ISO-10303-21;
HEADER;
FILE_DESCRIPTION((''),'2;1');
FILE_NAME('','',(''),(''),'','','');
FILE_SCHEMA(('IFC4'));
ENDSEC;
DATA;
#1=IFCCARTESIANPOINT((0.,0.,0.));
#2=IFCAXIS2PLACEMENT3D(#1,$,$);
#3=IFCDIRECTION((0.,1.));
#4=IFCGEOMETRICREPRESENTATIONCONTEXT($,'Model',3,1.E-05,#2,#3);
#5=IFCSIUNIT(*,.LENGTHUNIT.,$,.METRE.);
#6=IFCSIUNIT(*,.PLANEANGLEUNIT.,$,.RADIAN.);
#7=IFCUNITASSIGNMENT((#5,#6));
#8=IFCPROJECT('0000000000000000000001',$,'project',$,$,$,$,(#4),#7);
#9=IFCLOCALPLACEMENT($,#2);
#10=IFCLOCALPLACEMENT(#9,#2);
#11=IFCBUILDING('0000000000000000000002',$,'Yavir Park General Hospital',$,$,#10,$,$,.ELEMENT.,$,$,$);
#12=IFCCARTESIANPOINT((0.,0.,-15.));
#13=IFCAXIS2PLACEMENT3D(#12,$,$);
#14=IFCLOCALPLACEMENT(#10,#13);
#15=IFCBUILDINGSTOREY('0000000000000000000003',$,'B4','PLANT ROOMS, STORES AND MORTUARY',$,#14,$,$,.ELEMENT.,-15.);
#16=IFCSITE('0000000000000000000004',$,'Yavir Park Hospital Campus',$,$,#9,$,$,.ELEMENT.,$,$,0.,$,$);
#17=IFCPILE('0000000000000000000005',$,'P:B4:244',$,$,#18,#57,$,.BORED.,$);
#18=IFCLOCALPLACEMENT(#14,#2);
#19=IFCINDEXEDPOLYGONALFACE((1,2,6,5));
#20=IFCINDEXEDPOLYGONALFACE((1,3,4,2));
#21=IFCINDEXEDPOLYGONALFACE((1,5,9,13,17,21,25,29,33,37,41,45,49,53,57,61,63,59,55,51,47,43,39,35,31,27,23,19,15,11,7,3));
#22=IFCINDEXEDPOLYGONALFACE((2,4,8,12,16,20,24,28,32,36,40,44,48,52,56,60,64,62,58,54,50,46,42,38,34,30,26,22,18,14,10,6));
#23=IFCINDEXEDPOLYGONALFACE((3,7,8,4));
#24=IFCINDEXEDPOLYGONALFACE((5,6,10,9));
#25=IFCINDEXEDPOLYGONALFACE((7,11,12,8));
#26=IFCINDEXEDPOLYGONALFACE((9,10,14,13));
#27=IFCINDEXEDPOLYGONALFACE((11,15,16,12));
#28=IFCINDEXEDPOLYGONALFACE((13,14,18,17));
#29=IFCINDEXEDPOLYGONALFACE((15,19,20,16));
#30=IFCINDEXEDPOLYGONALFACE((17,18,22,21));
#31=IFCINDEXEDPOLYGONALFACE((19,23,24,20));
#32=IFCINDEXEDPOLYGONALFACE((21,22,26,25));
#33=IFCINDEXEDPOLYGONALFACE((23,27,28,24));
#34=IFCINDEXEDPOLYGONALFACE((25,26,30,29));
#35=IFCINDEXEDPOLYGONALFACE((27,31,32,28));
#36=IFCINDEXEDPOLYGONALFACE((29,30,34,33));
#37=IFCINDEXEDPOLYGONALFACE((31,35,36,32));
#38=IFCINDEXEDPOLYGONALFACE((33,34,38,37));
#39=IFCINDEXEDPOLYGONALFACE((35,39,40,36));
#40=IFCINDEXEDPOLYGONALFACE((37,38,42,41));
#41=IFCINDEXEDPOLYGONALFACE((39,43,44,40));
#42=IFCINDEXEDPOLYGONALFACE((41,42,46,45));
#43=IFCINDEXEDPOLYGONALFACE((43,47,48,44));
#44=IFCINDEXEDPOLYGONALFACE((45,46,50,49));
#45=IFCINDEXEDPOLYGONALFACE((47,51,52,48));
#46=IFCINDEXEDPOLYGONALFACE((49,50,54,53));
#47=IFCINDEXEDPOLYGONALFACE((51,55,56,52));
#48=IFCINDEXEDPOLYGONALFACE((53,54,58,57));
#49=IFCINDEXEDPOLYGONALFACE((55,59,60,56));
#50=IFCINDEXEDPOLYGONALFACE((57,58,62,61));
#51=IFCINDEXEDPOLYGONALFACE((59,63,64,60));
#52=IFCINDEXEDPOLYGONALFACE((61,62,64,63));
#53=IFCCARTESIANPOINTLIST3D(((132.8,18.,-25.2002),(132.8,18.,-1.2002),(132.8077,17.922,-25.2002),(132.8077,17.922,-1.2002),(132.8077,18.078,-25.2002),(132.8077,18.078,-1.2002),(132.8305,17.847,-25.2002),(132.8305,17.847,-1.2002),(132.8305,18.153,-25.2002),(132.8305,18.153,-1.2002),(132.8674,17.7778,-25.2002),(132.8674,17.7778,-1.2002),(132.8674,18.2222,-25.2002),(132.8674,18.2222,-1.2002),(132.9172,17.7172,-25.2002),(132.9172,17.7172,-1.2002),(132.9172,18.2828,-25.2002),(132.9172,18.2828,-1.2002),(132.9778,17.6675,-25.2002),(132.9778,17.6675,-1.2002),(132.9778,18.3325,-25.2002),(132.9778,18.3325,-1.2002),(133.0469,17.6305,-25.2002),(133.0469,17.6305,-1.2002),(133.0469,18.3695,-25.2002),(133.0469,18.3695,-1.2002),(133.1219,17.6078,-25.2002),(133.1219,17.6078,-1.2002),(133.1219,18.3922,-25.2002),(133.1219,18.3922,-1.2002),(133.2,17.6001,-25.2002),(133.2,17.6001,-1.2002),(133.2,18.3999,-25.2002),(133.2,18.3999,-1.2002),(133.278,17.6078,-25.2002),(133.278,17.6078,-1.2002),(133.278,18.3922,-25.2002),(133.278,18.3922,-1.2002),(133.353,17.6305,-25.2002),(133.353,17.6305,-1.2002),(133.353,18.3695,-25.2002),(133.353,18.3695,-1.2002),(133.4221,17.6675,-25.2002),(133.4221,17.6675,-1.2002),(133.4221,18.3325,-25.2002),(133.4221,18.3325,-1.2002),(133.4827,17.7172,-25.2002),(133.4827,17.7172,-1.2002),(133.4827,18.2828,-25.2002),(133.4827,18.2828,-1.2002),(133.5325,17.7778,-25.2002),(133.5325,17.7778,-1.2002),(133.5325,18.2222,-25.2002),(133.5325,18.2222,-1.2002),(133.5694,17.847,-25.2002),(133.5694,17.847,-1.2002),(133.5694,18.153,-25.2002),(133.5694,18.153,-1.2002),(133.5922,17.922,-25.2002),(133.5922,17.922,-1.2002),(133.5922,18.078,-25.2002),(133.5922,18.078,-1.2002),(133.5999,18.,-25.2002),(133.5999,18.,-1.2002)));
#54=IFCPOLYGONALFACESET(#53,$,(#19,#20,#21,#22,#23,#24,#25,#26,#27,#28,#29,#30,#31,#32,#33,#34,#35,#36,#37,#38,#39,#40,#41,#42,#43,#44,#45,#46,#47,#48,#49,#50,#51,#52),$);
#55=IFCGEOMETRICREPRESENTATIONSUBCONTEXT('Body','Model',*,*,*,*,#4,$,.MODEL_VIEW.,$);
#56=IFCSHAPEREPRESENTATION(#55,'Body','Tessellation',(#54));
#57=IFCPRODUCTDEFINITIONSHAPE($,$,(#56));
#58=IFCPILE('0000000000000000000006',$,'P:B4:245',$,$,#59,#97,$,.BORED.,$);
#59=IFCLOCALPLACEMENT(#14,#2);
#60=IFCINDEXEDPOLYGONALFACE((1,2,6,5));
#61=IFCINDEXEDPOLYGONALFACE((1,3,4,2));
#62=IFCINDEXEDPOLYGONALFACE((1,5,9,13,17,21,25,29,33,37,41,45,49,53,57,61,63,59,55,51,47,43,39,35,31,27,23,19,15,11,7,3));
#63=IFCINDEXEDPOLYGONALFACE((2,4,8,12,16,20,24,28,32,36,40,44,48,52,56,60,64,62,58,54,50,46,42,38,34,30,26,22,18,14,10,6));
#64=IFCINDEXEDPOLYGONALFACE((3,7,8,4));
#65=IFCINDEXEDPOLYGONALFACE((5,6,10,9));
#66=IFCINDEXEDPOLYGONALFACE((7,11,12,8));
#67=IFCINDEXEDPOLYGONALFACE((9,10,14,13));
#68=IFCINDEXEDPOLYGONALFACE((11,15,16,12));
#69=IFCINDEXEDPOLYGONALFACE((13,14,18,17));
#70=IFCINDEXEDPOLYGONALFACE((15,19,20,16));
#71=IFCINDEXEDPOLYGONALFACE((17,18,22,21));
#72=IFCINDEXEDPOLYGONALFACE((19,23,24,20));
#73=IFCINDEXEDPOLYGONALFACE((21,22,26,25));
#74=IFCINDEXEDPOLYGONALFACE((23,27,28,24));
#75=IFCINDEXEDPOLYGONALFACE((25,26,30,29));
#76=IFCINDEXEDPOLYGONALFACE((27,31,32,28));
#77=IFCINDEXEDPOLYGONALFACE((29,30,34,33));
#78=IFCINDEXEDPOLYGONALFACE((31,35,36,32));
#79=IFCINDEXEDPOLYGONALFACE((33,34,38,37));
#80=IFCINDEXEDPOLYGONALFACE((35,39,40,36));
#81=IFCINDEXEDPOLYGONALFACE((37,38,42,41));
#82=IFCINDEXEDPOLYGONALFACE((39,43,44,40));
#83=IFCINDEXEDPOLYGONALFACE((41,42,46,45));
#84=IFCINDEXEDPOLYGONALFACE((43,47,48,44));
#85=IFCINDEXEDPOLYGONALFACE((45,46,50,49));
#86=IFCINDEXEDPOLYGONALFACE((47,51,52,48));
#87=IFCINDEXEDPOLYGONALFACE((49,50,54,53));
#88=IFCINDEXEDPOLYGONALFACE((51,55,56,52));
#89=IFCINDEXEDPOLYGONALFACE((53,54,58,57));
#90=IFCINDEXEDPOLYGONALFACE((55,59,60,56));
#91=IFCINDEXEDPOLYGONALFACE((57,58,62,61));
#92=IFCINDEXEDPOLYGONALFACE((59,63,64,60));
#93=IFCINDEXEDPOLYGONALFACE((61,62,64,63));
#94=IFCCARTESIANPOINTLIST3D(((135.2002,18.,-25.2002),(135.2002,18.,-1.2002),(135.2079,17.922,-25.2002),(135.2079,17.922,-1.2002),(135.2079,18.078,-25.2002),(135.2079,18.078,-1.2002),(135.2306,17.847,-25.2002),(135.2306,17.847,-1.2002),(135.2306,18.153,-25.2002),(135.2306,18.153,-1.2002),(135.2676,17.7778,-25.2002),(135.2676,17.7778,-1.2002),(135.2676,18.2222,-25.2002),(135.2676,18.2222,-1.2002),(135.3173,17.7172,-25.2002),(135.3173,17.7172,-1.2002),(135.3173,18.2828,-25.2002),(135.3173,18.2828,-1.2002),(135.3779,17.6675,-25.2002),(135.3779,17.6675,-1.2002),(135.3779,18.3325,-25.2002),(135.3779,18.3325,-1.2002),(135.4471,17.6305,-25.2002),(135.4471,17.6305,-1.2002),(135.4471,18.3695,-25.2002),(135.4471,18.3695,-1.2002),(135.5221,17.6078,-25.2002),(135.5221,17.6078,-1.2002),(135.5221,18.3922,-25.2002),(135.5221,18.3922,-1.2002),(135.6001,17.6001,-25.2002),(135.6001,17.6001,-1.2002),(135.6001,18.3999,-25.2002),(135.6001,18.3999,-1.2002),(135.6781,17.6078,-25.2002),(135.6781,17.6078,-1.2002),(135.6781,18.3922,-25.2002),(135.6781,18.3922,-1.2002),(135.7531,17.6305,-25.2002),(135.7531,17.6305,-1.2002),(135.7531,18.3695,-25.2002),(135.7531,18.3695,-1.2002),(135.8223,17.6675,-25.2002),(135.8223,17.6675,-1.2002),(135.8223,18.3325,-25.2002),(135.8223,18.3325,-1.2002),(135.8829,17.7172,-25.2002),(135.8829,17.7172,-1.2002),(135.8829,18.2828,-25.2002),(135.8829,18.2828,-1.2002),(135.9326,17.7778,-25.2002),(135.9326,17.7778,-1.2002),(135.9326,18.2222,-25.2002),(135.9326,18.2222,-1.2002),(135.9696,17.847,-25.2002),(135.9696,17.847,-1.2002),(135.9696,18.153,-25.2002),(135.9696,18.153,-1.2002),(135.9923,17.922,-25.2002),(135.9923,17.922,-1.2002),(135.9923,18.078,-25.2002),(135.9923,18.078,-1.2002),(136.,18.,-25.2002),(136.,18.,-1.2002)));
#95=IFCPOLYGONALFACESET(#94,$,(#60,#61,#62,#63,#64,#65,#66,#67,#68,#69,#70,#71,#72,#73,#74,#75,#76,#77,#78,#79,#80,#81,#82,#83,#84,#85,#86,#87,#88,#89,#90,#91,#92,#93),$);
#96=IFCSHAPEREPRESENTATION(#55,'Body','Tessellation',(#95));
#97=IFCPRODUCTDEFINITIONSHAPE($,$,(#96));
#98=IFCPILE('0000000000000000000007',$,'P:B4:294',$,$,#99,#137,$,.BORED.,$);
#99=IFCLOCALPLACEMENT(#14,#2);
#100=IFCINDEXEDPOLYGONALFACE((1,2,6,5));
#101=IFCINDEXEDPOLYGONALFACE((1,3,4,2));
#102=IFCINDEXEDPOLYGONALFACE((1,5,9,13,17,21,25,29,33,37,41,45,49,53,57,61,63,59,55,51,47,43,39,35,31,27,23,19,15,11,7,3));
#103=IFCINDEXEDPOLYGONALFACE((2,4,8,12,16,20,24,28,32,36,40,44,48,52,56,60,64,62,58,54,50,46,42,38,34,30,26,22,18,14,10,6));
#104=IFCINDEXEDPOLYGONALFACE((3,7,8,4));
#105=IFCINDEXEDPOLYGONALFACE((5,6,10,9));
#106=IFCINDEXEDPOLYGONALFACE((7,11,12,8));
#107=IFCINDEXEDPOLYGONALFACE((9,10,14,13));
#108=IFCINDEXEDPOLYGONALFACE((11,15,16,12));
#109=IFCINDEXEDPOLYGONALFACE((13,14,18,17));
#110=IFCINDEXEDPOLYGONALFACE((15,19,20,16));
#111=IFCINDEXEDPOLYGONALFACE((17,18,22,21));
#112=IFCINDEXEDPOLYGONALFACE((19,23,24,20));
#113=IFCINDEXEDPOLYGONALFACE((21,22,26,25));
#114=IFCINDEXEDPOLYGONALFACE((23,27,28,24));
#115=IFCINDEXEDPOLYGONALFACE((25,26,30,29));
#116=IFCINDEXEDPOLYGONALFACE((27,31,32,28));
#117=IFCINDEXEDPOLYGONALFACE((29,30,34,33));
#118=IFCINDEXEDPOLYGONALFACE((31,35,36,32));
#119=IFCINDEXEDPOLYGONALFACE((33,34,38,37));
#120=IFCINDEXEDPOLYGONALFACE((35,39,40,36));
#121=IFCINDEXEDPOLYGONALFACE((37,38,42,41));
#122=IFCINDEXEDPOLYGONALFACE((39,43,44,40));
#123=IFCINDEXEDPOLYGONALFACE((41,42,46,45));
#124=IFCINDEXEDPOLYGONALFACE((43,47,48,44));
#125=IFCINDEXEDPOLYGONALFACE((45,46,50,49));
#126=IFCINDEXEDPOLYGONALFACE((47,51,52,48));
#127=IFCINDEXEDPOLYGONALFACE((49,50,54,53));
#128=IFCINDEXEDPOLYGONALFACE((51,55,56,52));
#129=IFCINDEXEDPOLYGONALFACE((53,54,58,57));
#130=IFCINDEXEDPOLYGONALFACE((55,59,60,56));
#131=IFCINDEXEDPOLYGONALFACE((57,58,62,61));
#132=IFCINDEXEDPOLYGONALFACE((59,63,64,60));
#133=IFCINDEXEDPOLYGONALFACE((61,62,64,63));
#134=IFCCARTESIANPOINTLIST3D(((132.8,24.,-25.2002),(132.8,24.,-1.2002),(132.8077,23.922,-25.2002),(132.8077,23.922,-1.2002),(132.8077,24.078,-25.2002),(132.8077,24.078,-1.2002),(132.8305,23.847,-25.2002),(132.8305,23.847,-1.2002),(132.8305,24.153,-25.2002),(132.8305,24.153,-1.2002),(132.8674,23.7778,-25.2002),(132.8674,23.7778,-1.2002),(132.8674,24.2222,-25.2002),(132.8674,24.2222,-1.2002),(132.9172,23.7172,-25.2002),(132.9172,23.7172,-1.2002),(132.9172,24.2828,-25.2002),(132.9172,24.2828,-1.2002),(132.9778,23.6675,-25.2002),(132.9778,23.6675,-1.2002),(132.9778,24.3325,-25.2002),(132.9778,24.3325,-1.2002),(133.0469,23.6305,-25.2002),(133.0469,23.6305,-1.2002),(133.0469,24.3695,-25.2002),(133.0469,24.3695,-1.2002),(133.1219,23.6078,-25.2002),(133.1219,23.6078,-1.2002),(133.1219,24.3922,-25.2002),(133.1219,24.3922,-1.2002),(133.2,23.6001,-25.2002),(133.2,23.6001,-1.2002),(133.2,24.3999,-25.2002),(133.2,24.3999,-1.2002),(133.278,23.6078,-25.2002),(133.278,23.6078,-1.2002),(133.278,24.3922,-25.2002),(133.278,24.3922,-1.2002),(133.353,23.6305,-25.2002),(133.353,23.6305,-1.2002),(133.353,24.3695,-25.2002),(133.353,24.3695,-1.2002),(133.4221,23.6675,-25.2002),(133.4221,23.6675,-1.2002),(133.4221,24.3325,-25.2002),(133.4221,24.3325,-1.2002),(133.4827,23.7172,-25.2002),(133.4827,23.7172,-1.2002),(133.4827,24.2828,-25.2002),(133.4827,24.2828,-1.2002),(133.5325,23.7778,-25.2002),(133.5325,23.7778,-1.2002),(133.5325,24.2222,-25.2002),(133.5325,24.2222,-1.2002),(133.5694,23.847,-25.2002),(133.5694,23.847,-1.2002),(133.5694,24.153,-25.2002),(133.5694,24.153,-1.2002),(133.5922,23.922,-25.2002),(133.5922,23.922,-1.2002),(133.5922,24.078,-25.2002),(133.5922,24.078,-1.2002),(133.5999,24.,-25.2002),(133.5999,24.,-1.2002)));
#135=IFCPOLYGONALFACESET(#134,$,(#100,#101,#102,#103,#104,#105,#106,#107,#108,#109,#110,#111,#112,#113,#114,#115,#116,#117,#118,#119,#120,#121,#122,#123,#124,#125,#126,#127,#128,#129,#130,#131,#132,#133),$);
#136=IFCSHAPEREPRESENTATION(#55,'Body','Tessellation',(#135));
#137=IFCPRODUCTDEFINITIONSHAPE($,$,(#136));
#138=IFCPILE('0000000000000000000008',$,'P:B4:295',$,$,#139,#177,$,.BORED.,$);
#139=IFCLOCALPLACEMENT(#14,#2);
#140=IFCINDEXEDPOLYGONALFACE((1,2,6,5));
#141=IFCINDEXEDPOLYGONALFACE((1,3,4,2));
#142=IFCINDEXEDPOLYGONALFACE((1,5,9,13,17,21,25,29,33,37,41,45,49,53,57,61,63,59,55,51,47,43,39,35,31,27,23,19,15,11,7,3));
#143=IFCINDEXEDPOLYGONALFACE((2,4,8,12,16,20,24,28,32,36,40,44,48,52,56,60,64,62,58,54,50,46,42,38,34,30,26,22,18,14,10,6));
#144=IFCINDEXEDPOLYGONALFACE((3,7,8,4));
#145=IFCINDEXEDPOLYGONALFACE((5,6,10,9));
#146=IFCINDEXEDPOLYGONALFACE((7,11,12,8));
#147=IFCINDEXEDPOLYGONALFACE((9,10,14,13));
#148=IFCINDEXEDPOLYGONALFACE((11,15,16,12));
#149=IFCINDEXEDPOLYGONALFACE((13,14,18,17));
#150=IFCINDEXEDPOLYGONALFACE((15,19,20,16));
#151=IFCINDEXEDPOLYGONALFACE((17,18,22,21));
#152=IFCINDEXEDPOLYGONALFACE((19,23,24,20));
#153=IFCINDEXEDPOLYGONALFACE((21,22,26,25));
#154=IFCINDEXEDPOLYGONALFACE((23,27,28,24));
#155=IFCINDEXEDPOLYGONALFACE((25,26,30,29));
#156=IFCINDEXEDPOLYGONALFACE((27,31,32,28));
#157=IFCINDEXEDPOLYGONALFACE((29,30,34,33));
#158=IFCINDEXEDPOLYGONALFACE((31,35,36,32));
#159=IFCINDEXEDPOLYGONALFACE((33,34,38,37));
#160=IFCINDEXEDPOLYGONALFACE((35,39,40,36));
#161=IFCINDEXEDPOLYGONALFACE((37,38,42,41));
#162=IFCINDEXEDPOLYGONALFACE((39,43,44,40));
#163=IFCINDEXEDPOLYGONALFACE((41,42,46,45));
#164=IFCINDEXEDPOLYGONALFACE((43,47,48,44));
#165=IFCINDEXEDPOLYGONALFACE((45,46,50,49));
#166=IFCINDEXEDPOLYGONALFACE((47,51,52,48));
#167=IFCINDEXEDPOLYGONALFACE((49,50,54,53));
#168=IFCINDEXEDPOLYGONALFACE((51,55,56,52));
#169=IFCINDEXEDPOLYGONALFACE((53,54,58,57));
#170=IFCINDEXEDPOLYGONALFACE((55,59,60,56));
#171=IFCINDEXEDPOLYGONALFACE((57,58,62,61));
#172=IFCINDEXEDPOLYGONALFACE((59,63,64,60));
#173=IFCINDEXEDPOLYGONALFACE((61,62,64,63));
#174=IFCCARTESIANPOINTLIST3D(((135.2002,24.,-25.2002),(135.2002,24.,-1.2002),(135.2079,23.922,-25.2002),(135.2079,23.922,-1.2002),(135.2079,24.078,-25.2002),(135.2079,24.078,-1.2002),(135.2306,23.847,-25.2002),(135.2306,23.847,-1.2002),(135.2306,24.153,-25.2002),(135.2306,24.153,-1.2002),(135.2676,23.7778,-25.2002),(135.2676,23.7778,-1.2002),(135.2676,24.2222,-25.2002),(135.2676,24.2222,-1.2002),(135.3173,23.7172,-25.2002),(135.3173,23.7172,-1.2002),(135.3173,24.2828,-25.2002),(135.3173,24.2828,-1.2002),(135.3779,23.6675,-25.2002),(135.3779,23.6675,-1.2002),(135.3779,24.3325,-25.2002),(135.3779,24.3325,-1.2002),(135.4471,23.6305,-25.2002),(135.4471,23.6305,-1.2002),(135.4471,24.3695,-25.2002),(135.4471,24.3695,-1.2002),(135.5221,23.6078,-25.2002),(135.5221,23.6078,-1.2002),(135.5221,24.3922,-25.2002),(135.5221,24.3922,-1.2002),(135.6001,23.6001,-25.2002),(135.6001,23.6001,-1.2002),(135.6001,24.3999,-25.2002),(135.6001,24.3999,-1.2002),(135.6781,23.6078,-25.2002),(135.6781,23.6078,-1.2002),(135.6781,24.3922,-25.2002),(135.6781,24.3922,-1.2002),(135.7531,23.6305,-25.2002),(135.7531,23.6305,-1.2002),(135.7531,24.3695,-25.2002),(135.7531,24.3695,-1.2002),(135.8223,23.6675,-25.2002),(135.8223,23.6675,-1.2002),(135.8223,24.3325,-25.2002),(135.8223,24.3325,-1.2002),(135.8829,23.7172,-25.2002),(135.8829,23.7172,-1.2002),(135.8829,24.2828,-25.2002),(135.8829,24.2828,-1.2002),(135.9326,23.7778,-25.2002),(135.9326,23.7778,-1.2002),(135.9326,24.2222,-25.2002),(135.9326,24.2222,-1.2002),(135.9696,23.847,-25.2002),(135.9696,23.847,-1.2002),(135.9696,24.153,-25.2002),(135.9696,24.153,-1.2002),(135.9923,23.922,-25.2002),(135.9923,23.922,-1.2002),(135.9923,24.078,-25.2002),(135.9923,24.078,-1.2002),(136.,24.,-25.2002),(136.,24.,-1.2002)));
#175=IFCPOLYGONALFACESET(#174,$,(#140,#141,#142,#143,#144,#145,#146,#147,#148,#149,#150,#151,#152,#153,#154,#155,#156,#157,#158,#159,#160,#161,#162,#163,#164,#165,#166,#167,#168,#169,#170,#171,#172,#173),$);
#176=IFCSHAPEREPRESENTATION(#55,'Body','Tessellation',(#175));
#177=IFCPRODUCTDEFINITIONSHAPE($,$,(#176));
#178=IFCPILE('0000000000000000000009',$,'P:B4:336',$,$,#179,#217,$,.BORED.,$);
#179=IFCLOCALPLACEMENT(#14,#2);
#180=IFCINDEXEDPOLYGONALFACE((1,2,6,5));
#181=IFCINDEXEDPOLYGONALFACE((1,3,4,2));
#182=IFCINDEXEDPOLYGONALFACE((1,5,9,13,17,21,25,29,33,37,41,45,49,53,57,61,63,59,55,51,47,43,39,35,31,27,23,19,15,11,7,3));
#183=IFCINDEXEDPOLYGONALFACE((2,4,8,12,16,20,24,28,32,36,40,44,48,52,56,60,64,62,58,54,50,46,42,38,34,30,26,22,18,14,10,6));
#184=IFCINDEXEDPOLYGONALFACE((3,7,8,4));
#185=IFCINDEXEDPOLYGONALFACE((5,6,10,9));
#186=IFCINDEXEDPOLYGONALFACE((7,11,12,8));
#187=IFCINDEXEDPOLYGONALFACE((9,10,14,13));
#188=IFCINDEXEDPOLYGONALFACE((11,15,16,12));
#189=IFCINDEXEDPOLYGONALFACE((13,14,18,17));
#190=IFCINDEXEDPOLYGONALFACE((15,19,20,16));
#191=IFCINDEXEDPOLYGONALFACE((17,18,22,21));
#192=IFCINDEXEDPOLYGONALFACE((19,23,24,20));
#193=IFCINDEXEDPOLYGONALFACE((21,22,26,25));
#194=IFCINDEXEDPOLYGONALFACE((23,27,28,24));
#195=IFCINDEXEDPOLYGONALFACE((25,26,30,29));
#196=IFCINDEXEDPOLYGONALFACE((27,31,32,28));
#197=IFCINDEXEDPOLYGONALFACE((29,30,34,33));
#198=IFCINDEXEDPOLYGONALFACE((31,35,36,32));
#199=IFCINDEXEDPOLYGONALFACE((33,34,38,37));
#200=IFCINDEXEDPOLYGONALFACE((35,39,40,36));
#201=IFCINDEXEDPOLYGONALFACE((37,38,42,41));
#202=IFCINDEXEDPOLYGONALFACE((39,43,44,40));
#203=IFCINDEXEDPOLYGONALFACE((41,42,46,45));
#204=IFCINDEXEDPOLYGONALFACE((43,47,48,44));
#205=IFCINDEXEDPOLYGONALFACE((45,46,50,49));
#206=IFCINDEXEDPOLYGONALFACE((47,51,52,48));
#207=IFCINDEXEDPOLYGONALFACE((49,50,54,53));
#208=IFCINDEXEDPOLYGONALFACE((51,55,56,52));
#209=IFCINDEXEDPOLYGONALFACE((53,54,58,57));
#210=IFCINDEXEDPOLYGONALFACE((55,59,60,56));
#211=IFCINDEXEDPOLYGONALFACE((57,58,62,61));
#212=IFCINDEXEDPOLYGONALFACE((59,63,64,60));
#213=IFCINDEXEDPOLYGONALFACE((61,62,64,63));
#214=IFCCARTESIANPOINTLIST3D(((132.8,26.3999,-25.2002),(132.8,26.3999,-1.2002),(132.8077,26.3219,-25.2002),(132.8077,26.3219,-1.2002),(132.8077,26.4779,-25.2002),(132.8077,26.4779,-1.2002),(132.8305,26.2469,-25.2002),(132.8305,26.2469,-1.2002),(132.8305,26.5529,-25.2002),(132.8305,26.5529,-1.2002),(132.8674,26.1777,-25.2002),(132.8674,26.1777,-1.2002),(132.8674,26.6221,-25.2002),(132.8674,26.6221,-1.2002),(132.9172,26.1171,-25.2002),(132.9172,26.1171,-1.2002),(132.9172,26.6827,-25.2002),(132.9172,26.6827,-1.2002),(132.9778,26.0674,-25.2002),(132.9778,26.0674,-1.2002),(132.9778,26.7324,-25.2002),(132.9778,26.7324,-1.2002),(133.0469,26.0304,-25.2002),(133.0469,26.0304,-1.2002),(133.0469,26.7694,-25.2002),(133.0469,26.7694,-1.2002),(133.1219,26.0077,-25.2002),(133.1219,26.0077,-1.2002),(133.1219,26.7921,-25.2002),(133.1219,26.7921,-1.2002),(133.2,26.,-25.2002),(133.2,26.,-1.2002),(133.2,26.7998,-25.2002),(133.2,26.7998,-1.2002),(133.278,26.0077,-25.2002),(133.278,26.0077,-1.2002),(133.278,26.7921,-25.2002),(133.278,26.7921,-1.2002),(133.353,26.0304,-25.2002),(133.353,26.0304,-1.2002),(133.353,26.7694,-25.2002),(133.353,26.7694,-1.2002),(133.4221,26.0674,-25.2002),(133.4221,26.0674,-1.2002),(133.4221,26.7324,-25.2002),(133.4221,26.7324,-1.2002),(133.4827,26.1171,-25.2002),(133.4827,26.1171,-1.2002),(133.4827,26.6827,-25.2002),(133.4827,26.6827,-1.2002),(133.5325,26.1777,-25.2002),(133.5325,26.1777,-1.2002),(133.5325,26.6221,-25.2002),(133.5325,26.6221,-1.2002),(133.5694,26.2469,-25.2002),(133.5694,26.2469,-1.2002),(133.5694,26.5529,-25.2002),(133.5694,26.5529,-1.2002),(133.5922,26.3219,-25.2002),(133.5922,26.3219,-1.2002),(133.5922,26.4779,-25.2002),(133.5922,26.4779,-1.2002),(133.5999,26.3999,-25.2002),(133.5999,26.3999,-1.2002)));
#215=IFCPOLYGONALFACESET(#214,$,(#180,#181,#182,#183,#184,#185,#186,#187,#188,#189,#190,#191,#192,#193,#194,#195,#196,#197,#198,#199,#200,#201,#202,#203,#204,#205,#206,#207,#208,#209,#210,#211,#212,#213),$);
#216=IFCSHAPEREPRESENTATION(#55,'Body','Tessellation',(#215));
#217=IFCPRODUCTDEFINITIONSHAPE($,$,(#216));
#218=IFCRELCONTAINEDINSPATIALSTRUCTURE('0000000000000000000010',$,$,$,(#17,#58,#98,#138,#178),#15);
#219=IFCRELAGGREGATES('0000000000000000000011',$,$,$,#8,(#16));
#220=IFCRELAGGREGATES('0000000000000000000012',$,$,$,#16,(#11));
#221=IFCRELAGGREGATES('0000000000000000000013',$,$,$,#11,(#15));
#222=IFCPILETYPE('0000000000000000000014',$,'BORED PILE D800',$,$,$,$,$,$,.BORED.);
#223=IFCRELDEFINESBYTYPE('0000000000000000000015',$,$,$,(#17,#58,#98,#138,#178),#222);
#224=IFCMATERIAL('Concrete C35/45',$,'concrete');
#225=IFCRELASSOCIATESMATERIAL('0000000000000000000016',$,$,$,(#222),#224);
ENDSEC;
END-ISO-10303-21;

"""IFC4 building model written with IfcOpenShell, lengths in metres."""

from ifc_helpers import new_model, si_unit, direction, frame, origin, origin_2d, place, context, subcontext, project, spatial, circle, extrude, material, material_profile, profile_set, type_object, element, save


model = new_model("IFC4")

# Units and contexts
model_context = context("Model", 3, precision=1e-05, world=origin(), true_north=direction((0.0, 1.0)))
body_context = subcontext(model_context, "Body", "Model", "MODEL_VIEW")
ifc_project = project(units=[si_unit("LENGTHUNIT", "METRE"), si_unit("PLANEANGLEUNIT", "RADIAN")], contexts=[model_context])

# Site, building, storey
site_placement = place(None, origin())
site = spatial("IfcSite", under=ifc_project, at=site_placement, Name="Yavir Park Hospital Campus", CompositionType="ELEMENT", RefElevation=0.0)
building_placement = place(site_placement, origin())
building = spatial("IfcBuilding", under=site, at=building_placement, Name="Yavir Park General Hospital", CompositionType="ELEMENT")
storey_placement = place(building_placement, frame((0.0, 0.0, -15.0)))
storey = spatial("IfcBuildingStorey", under=building, at=storey_placement, Name="B4", Description="PLANT ROOMS, STORES AND MORTUARY", CompositionType="ELEMENT", Elevation=-15.0)

# Piles
ifc_material_1 = material(Name="Concrete C35/45", Category="concrete")
ifc_material_profile_1 = material_profile(ifc_material_1, circle(Radius=0.3999, at=origin_2d()), Name="D800")
ifc_profile_set_1 = profile_set([ifc_material_profile_1], Name="Concrete C35/45")
pile_type = type_object("IfcPileType", Name="BORED PILE D800", PredefinedType="BORED", material=ifc_profile_set_1)
for number, where, z_axis, x_axis, name in (
    (1, (133.2, 18.0, -1.2002), (0.0, 0.0, -1.0), (1.0, 0.0, 0.0), "P:B4:244"),
    (2, (135.6001, 18.0, -1.2002), (0.0, 0.0, -1.0), (1.0, 0.0, 0.0), "P:B4:245"),
    (3, (133.2, 24.0, -1.2002), (0.0, 0.0, -1.0), (1.0, 0.0, 0.0), "P:B4:294"),
    (4, (135.6001, 24.0, -1.2002), (0.0, 0.0, -1.0), (1.0, 0.0, 0.0), "P:B4:295"),
    (5, (133.2, 26.3999, -1.2002), (0.0, 0.0, -1.0), (1.0, 0.0, 0.0), "P:B4:336"),
):
    element("IfcPile", number, at=place(storey_placement, frame(where, z_axis=z_axis, x_axis=x_axis)), inside=storey, type_object=pile_type, Name=name, PredefinedType="BORED", context=body_context, shape_type="SweptSolid", body=[
        extrude(circle(Radius=0.3999, at=origin_2d()), origin(), (0.0, 0.0, 1.0), 24.0),
    ])

save(model, "model.ifc")
